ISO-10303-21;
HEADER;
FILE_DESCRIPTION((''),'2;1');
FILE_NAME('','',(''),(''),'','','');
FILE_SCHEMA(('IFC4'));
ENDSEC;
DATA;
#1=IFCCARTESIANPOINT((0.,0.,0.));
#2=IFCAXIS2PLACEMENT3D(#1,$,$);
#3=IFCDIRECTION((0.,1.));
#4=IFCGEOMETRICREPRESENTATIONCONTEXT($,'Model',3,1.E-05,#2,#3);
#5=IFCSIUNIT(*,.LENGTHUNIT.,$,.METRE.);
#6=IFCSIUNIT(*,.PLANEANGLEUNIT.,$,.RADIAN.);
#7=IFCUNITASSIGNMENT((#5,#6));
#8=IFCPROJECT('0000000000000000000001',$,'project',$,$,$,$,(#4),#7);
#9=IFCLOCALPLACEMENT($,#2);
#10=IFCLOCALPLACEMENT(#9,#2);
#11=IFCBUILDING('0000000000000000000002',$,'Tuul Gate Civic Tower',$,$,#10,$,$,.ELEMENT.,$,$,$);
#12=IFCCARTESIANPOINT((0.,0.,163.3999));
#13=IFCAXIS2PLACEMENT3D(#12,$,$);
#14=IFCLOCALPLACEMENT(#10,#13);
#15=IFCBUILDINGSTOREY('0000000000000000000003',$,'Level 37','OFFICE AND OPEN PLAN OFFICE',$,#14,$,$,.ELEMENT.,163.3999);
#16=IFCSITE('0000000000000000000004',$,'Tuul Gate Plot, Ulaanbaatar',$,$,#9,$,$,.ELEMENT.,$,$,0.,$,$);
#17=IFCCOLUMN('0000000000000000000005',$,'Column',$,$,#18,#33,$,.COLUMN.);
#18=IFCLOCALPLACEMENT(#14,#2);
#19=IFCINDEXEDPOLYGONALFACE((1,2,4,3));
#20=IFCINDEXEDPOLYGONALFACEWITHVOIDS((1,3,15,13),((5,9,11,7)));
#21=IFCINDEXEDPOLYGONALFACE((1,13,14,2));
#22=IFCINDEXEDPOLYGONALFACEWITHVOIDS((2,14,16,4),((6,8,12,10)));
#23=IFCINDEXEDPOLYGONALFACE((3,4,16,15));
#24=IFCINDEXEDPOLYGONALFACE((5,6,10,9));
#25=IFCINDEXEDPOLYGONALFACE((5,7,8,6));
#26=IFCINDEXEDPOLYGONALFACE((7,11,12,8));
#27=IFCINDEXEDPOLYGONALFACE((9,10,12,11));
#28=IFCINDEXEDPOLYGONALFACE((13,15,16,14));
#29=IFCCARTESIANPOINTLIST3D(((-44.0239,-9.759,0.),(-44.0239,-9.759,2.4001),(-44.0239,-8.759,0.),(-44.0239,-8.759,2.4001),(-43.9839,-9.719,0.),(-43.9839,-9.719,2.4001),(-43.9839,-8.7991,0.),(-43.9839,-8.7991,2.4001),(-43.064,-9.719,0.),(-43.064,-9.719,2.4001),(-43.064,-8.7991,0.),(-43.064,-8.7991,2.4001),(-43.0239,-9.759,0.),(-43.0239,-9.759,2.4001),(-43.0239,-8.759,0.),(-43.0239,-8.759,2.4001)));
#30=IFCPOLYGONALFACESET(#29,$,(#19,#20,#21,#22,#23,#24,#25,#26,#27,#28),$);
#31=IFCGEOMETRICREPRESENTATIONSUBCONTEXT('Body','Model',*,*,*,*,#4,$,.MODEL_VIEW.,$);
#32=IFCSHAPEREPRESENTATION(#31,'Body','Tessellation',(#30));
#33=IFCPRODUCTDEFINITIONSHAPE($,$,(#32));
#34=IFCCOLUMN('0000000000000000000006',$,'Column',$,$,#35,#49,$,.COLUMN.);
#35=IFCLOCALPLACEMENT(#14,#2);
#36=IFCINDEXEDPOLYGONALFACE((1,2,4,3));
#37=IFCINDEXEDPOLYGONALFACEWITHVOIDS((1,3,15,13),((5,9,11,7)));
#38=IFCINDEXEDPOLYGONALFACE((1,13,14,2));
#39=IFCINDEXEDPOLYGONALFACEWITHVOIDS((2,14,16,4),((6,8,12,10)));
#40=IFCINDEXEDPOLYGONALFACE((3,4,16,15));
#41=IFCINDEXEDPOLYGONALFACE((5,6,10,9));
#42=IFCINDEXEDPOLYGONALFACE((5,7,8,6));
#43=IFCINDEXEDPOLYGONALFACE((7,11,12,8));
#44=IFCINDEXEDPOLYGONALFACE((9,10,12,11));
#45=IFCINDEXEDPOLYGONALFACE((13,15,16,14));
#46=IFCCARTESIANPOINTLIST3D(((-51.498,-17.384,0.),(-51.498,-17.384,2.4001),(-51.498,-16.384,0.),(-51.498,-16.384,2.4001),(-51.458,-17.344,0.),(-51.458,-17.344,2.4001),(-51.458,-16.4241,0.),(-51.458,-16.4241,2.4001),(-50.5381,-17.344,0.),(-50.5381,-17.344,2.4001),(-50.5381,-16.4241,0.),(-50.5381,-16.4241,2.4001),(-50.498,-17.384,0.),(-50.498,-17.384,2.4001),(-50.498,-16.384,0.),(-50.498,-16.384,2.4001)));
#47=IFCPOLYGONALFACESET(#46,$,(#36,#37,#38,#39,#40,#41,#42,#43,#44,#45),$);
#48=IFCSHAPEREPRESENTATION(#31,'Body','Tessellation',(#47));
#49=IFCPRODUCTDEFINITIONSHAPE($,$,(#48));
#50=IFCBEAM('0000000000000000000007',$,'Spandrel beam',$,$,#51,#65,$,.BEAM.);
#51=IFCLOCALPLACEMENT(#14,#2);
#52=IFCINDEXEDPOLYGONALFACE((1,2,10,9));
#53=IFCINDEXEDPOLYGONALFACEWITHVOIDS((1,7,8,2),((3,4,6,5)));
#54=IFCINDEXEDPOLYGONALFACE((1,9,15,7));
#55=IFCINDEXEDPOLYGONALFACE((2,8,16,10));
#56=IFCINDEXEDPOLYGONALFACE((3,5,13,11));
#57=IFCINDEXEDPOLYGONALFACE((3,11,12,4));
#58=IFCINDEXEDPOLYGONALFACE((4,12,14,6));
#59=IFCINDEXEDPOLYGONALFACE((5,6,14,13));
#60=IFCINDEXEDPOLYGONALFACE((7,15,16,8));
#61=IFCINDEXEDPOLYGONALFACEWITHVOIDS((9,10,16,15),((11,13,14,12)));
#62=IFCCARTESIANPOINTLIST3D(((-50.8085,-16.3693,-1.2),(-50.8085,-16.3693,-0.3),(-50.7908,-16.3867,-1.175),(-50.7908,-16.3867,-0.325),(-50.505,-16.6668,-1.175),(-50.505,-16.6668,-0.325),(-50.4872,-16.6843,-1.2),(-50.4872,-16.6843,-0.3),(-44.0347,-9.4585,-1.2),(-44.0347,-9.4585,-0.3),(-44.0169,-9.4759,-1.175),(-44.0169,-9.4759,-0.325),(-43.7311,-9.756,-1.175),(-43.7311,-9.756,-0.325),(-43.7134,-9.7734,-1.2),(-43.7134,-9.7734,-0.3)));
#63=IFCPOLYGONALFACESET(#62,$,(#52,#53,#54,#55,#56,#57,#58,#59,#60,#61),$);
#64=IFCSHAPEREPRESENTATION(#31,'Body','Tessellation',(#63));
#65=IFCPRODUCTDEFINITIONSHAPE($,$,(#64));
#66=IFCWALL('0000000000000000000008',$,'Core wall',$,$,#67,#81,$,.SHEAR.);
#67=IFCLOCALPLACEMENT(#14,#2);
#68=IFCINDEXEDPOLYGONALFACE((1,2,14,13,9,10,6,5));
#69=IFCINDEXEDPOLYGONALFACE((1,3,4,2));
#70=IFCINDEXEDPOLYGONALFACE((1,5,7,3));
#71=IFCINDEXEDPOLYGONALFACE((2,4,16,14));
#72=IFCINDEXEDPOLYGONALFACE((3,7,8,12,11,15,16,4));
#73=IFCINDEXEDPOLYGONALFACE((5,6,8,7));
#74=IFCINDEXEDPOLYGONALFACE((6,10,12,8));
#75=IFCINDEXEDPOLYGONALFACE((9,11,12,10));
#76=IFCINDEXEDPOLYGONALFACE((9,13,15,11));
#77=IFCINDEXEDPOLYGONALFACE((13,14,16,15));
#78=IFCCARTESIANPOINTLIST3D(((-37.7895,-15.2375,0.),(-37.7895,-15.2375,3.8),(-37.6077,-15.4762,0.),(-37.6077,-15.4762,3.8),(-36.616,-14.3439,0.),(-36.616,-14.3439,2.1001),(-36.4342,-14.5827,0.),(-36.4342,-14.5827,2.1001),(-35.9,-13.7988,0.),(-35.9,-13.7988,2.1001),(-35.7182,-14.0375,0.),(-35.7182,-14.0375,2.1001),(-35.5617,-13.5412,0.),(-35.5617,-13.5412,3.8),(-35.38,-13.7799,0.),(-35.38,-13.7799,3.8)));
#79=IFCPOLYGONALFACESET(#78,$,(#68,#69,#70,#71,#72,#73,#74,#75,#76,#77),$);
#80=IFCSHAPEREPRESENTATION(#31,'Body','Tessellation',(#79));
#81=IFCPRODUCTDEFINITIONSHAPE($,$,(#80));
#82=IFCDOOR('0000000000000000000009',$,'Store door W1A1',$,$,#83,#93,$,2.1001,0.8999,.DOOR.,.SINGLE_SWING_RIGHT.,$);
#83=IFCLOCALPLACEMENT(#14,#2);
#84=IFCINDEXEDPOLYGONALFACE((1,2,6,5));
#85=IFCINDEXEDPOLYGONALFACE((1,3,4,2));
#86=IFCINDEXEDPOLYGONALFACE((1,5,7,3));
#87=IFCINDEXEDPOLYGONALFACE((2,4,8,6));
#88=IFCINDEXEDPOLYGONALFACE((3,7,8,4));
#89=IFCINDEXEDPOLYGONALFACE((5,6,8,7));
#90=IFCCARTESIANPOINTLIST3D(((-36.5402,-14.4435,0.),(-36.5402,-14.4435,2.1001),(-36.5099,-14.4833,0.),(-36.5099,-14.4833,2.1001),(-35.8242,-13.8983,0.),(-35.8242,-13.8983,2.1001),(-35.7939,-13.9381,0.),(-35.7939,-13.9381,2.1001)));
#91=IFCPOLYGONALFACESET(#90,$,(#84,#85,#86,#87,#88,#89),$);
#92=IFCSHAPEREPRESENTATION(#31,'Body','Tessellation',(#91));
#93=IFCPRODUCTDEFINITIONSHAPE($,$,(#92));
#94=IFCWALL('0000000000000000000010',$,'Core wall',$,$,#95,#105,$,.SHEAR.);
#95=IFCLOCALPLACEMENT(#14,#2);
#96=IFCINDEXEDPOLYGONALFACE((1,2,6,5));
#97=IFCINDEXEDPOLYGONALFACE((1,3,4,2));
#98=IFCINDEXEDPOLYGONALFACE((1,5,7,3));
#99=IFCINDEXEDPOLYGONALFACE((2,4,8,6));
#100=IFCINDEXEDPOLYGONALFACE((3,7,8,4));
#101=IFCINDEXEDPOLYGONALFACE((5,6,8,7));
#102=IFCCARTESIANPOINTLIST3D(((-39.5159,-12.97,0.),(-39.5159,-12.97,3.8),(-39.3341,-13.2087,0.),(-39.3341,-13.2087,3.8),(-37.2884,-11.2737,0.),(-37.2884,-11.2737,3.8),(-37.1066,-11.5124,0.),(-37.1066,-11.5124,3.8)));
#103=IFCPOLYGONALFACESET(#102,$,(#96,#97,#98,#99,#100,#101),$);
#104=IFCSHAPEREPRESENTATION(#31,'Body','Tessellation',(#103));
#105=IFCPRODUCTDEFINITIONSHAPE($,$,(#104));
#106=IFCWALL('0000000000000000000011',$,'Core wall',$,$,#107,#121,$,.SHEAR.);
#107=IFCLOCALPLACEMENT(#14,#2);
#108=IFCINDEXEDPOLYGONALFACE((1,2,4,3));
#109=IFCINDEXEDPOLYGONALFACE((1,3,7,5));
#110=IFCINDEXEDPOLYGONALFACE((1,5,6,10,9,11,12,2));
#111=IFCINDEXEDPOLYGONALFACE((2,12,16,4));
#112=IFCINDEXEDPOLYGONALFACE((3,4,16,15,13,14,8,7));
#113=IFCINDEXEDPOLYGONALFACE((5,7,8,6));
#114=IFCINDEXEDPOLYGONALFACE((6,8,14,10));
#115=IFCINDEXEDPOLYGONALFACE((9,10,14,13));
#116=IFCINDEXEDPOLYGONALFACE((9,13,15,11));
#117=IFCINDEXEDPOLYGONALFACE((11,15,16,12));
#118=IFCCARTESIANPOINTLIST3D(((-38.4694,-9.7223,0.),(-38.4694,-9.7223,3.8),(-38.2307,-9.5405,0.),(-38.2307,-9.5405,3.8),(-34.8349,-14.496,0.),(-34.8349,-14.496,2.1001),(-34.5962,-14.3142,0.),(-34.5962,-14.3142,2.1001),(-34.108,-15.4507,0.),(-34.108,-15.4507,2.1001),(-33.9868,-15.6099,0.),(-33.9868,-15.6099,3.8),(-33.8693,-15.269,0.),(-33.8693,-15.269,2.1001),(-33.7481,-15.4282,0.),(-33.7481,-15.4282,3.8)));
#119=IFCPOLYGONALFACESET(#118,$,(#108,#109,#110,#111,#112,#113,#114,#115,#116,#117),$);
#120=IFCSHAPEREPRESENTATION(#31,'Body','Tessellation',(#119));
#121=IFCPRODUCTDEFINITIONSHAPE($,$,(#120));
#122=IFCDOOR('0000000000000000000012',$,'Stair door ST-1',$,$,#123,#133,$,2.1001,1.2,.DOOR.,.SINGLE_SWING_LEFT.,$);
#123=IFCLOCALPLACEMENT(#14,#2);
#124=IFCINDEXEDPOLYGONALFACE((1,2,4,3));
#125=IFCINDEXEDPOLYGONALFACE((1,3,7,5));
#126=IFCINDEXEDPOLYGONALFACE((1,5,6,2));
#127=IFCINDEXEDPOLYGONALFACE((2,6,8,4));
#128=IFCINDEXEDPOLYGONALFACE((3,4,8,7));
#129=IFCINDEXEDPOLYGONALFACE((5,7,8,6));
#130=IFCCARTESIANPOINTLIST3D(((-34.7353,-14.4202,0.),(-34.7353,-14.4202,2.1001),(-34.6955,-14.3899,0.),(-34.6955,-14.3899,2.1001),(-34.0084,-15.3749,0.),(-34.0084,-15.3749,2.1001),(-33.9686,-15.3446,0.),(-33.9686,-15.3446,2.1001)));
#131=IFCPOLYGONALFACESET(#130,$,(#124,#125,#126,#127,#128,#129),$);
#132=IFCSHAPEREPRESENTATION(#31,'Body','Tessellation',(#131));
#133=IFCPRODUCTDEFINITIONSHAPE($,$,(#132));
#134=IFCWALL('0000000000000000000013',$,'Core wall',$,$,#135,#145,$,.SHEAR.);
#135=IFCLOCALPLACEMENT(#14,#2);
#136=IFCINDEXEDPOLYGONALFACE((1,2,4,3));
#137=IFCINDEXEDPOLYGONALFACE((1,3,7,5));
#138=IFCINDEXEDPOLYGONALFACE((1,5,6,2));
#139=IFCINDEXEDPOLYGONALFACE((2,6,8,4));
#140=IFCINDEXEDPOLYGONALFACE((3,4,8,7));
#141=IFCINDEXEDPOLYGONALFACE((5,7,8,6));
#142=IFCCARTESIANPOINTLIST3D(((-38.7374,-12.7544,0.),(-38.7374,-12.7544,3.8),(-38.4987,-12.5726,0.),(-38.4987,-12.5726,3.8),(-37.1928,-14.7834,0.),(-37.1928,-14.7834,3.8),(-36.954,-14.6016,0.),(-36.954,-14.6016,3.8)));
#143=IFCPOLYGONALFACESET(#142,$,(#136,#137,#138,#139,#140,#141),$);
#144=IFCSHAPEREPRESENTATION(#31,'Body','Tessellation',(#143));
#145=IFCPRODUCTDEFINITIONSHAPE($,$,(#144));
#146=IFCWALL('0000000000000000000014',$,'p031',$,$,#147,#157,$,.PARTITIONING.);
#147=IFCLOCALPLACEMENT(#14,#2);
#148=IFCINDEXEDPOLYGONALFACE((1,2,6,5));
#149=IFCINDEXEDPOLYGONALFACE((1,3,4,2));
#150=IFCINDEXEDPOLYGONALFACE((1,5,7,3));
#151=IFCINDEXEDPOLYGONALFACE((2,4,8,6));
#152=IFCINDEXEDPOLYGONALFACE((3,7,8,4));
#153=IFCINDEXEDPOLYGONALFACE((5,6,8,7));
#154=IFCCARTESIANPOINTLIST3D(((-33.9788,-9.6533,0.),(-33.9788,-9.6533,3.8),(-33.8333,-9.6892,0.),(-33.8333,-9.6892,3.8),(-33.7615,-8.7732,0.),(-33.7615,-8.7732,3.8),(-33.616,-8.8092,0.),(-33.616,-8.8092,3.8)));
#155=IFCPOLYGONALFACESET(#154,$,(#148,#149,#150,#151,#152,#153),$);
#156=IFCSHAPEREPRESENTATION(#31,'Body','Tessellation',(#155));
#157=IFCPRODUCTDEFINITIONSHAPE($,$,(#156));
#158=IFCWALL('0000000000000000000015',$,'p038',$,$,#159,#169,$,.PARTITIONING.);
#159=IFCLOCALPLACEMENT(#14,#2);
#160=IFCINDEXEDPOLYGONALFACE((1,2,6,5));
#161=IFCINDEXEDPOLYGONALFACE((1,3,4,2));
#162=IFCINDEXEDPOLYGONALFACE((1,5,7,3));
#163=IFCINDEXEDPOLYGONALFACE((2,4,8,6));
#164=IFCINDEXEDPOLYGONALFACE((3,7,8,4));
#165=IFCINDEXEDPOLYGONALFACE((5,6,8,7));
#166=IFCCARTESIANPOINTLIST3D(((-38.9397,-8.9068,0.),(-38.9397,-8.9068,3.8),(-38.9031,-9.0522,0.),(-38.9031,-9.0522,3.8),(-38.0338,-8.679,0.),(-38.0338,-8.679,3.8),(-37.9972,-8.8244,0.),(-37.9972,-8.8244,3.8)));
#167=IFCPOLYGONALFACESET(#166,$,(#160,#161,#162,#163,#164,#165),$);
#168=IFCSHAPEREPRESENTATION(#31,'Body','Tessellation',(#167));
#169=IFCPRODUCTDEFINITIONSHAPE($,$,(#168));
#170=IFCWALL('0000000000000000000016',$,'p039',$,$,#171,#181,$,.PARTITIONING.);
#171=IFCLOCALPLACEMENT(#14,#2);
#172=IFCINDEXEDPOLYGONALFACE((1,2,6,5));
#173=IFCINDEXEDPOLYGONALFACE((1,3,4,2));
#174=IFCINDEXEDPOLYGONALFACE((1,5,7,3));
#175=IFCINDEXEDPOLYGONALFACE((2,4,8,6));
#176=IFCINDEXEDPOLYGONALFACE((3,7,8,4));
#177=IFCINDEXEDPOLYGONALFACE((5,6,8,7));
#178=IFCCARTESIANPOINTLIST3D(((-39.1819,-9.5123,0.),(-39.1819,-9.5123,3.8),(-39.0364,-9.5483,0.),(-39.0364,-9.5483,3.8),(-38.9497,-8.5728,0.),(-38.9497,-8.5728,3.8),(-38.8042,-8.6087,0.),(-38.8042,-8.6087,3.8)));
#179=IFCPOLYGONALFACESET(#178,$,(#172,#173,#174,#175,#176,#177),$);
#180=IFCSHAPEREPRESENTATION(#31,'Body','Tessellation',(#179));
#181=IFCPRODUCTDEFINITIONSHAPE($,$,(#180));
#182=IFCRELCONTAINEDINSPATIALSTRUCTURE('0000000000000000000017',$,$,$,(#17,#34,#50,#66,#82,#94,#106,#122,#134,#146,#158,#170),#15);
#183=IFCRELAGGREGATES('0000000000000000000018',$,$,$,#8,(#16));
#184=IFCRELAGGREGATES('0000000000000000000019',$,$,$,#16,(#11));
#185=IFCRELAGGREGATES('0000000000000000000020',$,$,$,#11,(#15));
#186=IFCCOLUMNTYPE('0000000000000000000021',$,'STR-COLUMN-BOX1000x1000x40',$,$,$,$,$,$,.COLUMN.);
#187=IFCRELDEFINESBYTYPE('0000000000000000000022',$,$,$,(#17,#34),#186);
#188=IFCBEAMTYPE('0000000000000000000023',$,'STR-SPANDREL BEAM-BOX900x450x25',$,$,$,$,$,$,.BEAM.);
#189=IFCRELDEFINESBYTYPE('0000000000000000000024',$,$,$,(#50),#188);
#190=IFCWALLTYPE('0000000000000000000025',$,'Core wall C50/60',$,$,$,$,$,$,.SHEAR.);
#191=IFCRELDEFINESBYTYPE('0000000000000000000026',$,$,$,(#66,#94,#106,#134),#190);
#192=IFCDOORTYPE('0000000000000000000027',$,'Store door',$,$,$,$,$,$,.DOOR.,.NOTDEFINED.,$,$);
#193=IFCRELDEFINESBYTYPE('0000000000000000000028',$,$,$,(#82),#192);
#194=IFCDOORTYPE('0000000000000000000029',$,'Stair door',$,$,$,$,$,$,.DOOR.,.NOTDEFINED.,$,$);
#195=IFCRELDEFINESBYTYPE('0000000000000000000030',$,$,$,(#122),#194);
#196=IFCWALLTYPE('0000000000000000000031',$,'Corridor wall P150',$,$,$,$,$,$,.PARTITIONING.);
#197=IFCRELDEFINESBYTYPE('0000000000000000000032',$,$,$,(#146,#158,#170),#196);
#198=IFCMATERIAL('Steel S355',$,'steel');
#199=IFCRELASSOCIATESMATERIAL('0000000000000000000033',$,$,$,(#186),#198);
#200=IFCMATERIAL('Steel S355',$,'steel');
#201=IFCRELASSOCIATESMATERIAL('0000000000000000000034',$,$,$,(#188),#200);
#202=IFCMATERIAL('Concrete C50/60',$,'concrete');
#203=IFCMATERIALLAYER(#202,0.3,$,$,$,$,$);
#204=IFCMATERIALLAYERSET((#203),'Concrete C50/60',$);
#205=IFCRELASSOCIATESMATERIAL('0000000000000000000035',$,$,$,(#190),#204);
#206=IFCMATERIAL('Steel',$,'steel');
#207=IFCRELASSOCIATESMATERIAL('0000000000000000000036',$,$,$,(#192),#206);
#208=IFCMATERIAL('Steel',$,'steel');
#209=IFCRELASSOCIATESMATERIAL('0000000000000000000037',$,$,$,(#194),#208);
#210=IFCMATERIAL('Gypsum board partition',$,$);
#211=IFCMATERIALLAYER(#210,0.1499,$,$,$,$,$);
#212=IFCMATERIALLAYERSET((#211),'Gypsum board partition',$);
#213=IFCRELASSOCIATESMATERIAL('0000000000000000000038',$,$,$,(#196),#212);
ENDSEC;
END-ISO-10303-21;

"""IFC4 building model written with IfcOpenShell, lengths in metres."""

from ifc_helpers import new_model, si_unit, direction, frame, frame_2d, origin, origin_2d, place, context, subcontext, project, spatial, rectangle, hollow_rectangle, extrude, material, layer, layer_set, material_profile, profile_set, type_object, element, fill, save


model = new_model("IFC4")

# Units and contexts
model_context = context("Model", 3, precision=1e-05, world=origin(), true_north=direction((0.0, 1.0)))
body_context = subcontext(model_context, "Body", "Model", "MODEL_VIEW")
ifc_project = project(units=[si_unit("LENGTHUNIT", "METRE"), si_unit("PLANEANGLEUNIT", "RADIAN")], contexts=[model_context])

# Site, building, storey
site_placement = place(None, origin())
site = spatial("IfcSite", under=ifc_project, at=site_placement, Name="Tuul Gate Plot, Ulaanbaatar", CompositionType="ELEMENT", RefElevation=0.0)
building_placement = place(site_placement, origin())
building = spatial("IfcBuilding", under=site, at=building_placement, Name="Tuul Gate Civic Tower", CompositionType="ELEMENT")
storey_placement = place(building_placement, frame((0.0, 0.0, 163.3999)))
storey = spatial("IfcBuildingStorey", under=building, at=storey_placement, Name="Level 37", Description="OFFICE AND OPEN PLAN OFFICE", CompositionType="ELEMENT", Elevation=163.3999)

# Columns
ifc_material_1 = material(Name="Steel S355", Category="steel")
ifc_material_profile_1 = material_profile(ifc_material_1, hollow_rectangle(XDim=1.0, YDim=1.0, WallThickness=0.04, at=origin_2d()), Name="BOX1000x1000x40")
ifc_profile_set_1 = profile_set([ifc_material_profile_1], Name="Steel S355")
column_type = type_object("IfcColumnType", Name="STR-COLUMN-BOX1000x1000x40", PredefinedType="COLUMN", material=ifc_profile_set_1)
for number, where, z_axis, x_axis, name in (
    (1, (-43.5239, -9.259, 0.0), (0.0, 0.0, 1.0), (1.0, 0.0, 0.0), "Column"),
    (2, (-50.998, -16.884, 0.0), (0.0, 0.0, 1.0), (1.0, 0.0, 0.0), "Column"),
):
    element("IfcColumn", number, at=place(storey_placement, frame(where, z_axis=z_axis, x_axis=x_axis)), inside=storey, type_object=column_type, Name=name, PredefinedType="COLUMN", context=body_context, shape_type="SweptSolid", body=[
        extrude(hollow_rectangle(XDim=1.0, YDim=1.0, WallThickness=0.04, at=origin_2d()), origin(), (0.0, 0.0, 1.0), 2.4001),
    ])

# Beam
ifc_material_2 = material(Name="Steel S355", Category="steel")
ifc_material_profile_2 = material_profile(ifc_material_2, hollow_rectangle(XDim=0.45, YDim=0.8999, WallThickness=0.0249, at=origin_2d()), Name="BOX900x450x25")
ifc_profile_set_2 = profile_set([ifc_material_profile_2], Name="Steel S355")
beam_type = type_object("IfcBeamType", Name="STR-SPANDREL BEAM-BOX900x450x25", PredefinedType="BEAM", material=ifc_profile_set_2)
beam_placement = place(storey_placement, frame((-43.874, -9.616, -0.75), z_axis=(-0.699995, -0.714148, 0.0), x_axis=(0.714148, -0.699995, 0.0)))
element("IfcBeam", 3, at=beam_placement, inside=storey, type_object=beam_type, Name="Spandrel beam", PredefinedType="BEAM", context=body_context, shape_type="SweptSolid", body=[
    extrude(hollow_rectangle(XDim=0.45, YDim=0.8999, WallThickness=0.0249, at=origin_2d()), origin(), (0.0, 0.0, 1.0), 9.677),
])

# Wall, opening, door
ifc_material_3 = material(Name="Concrete C50/60", Category="concrete")
ifc_layer_1 = layer(ifc_material_3, 0.3)
ifc_layer_set_1 = layer_set([ifc_layer_1], Name="Concrete C50/60")
wall_type_1 = type_object("IfcWallType", Name="Core wall C50/60", PredefinedType="SHEAR", material=ifc_layer_set_1)
wall_1_placement = place(storey_placement, frame((-35.4709, -13.6606, 0.0), z_axis=(0.0, 0.0, 1.0), x_axis=(-0.795616, -0.605802, 0.0)))
wall_1 = element("IfcWall", 4, at=wall_1_placement, inside=storey, type_object=wall_type_1, Name="Core wall", PredefinedType="SHEAR", context=body_context, shape_type="SweptSolid", body=[
    extrude(rectangle(XDim=2.8, YDim=0.3, at=frame_2d((1.3999, 0.0))), origin(), (0.0, 0.0, 1.0), 3.8),
])
opening_1_placement = place(wall_1_placement, frame((0.425, 0.0, 0.0)))
opening_1 = element("IfcOpeningElement", 5, at=opening_1_placement, cuts=wall_1, PredefinedType="OPENING", context=body_context, shape_type="SweptSolid", body=[
    extrude(rectangle(XDim=0.8999, YDim=2.1001, at=frame_2d((0.45, 1.05))), frame((0.0, 0.1602, 0.0), z_axis=(0.0, -1.0, 0.0), x_axis=(1.0, 0.0, 0.0)), (0.0, 0.0, 1.0), 0.3201),
])
ifc_material_4 = material(Name="Steel", Category="steel")
door_type_1 = type_object("IfcDoorType", Name="Store door", OperationType="NOTDEFINED", PredefinedType="DOOR", material=ifc_material_4)
door_1_placement = place(opening_1_placement, frame((0.8999, 0.0, 0.0), z_axis=(0.0, 0.0, 1.0), x_axis=(-1.0, 0.0, 0.0)))
door_1 = element("IfcDoor", 6, at=door_1_placement, inside=storey, type_object=door_type_1, Name="Store door W1A1", OperationType="SINGLE_SWING_RIGHT", OverallHeight=2.1001, OverallWidth=0.8999, PredefinedType="DOOR", context=body_context, shape_type="SweptSolid", body=[
    extrude(rectangle(XDim=0.8999, YDim=2.1001, at=frame_2d((0.45, 1.05))), frame((0.0, 0.0249, 0.0), z_axis=(0.0, -1.0, 0.0), x_axis=(1.0, 0.0, 0.0)), (0.0, 0.0, 1.0), 0.05),
])
fill(opening_1, door_1)

# Wall
wall_2_placement = place(storey_placement, frame((-37.1975, -11.3931, 0.0), z_axis=(0.0, 0.0, 1.0), x_axis=(-0.795584, -0.605844, 0.0)))
element("IfcWall", 7, at=wall_2_placement, inside=storey, type_object=wall_type_1, Name="Core wall", PredefinedType="SHEAR", context=body_context, shape_type="SweptSolid", body=[
    extrude(rectangle(XDim=2.7998, YDim=0.3, at=frame_2d((1.3999, 0.0))), origin(), (0.0, 0.0, 1.0), 3.8),
])

# Wall, opening, door
wall_3_placement = place(storey_placement, frame((-33.8674, -15.519, 0.0), z_axis=(0.0, 0.0, 1.0), x_axis=(-0.60577, 0.79564, 0.0)))
wall_3 = element("IfcWall", 8, at=wall_3_placement, inside=storey, type_object=wall_type_1, Name="Core wall", PredefinedType="SHEAR", context=body_context, shape_type="SweptSolid", body=[
    extrude(rectangle(XDim=7.3999, YDim=0.3, at=frame_2d((3.7, 0.0))), origin(), (0.0, 0.0, 1.0), 3.8),
])
opening_2_placement = place(wall_3_placement, frame((0.2, 0.0, 0.0)))
opening_2 = element("IfcOpeningElement", 9, at=opening_2_placement, cuts=wall_3, PredefinedType="OPENING", context=body_context, shape_type="SweptSolid", body=[
    extrude(rectangle(XDim=1.2, YDim=2.1001, at=frame_2d((0.6001, 1.05))), frame((0.0, 0.1602, 0.0), z_axis=(0.0, -1.0, 0.0), x_axis=(1.0, 0.0, 0.0)), (0.0, 0.0, 1.0), 0.3201),
])
ifc_material_5 = material(Name="Steel", Category="steel")
door_type_2 = type_object("IfcDoorType", Name="Stair door", OperationType="NOTDEFINED", PredefinedType="DOOR", material=ifc_material_5)
door_2_placement = place(opening_2_placement, origin())
door_2 = element("IfcDoor", 10, at=door_2_placement, inside=storey, type_object=door_type_2, Name="Stair door ST-1", OperationType="SINGLE_SWING_LEFT", OverallHeight=2.1001, OverallWidth=1.2, PredefinedType="DOOR", context=body_context, shape_type="SweptSolid", body=[
    extrude(rectangle(XDim=1.2, YDim=2.1001, at=frame_2d((0.6001, 1.05))), frame((0.0, 0.0249, 0.0), z_axis=(0.0, -1.0, 0.0), x_axis=(1.0, 0.0, 0.0)), (0.0, 0.0, 1.0), 0.05),
])
fill(opening_2, door_2)

# Walls
wall_4_placement = place(storey_placement, frame((-37.0735, -14.6924, 0.0), z_axis=(0.0, 0.0, 1.0), x_axis=(-0.605729, 0.795671, 0.0)))
element("IfcWall", 11, at=wall_4_placement, inside=storey, type_object=wall_type_1, Name="Core wall", PredefinedType="SHEAR", context=body_context, shape_type="SweptSolid", body=[
    extrude(rectangle(XDim=2.55, YDim=0.3, at=frame_2d((1.2749, 0.0))), origin(), (0.0, 0.0, 1.0), 3.8),
])
ifc_material_6 = material(Name="Gypsum board partition")
ifc_layer_2 = layer(ifc_material_6, 0.1499)
ifc_layer_set_2 = layer_set([ifc_layer_2], Name="Gypsum board partition")
wall_type_2 = type_object("IfcWallType", Name="Corridor wall P150", PredefinedType="PARTITIONING", material=ifc_layer_set_2)
wall_5_placement = place(storey_placement, frame((-33.906, -9.6711, 0.0), z_axis=(0.0, 0.0, 1.0), x_axis=(0.239683, 0.970851, 0.0)))
element("IfcWall", 12, at=wall_5_placement, inside=storey, type_object=wall_type_2, Name="p031", PredefinedType="PARTITIONING", context=body_context, shape_type="SweptSolid", body=[
    extrude(rectangle(XDim=0.9065, YDim=0.1499, at=frame_2d((0.4531, 0.0))), origin(), (0.0, 0.0, 1.0), 3.8),
])
wall_6_placement = place(storey_placement, frame((-38.9214, -8.9795, 0.0), z_axis=(0.0, 0.0, 1.0), x_axis=(0.969803, 0.243889, 0.0)))
element("IfcWall", 13, at=wall_6_placement, inside=storey, type_object=wall_type_2, Name="p038", PredefinedType="PARTITIONING", context=body_context, shape_type="SweptSolid", body=[
    extrude(rectangle(XDim=0.9341, YDim=0.1499, at=frame_2d((0.467, 0.0))), origin(), (0.0, 0.0, 1.0), 3.8),
])
wall_7_placement = place(storey_placement, frame((-39.1091, -9.5303, 0.0), z_axis=(0.0, 0.0, 1.0), x_axis=(0.239923, 0.970792, 0.0)))
element("IfcWall", 14, at=wall_7_placement, inside=storey, type_object=wall_type_2, Name="p039", PredefinedType="PARTITIONING", context=body_context, shape_type="SweptSolid", body=[
    extrude(rectangle(XDim=0.9678, YDim=0.1499, at=frame_2d((0.4839, 0.0))), origin(), (0.0, 0.0, 1.0), 3.8),
])

save(model, "model.ifc")
